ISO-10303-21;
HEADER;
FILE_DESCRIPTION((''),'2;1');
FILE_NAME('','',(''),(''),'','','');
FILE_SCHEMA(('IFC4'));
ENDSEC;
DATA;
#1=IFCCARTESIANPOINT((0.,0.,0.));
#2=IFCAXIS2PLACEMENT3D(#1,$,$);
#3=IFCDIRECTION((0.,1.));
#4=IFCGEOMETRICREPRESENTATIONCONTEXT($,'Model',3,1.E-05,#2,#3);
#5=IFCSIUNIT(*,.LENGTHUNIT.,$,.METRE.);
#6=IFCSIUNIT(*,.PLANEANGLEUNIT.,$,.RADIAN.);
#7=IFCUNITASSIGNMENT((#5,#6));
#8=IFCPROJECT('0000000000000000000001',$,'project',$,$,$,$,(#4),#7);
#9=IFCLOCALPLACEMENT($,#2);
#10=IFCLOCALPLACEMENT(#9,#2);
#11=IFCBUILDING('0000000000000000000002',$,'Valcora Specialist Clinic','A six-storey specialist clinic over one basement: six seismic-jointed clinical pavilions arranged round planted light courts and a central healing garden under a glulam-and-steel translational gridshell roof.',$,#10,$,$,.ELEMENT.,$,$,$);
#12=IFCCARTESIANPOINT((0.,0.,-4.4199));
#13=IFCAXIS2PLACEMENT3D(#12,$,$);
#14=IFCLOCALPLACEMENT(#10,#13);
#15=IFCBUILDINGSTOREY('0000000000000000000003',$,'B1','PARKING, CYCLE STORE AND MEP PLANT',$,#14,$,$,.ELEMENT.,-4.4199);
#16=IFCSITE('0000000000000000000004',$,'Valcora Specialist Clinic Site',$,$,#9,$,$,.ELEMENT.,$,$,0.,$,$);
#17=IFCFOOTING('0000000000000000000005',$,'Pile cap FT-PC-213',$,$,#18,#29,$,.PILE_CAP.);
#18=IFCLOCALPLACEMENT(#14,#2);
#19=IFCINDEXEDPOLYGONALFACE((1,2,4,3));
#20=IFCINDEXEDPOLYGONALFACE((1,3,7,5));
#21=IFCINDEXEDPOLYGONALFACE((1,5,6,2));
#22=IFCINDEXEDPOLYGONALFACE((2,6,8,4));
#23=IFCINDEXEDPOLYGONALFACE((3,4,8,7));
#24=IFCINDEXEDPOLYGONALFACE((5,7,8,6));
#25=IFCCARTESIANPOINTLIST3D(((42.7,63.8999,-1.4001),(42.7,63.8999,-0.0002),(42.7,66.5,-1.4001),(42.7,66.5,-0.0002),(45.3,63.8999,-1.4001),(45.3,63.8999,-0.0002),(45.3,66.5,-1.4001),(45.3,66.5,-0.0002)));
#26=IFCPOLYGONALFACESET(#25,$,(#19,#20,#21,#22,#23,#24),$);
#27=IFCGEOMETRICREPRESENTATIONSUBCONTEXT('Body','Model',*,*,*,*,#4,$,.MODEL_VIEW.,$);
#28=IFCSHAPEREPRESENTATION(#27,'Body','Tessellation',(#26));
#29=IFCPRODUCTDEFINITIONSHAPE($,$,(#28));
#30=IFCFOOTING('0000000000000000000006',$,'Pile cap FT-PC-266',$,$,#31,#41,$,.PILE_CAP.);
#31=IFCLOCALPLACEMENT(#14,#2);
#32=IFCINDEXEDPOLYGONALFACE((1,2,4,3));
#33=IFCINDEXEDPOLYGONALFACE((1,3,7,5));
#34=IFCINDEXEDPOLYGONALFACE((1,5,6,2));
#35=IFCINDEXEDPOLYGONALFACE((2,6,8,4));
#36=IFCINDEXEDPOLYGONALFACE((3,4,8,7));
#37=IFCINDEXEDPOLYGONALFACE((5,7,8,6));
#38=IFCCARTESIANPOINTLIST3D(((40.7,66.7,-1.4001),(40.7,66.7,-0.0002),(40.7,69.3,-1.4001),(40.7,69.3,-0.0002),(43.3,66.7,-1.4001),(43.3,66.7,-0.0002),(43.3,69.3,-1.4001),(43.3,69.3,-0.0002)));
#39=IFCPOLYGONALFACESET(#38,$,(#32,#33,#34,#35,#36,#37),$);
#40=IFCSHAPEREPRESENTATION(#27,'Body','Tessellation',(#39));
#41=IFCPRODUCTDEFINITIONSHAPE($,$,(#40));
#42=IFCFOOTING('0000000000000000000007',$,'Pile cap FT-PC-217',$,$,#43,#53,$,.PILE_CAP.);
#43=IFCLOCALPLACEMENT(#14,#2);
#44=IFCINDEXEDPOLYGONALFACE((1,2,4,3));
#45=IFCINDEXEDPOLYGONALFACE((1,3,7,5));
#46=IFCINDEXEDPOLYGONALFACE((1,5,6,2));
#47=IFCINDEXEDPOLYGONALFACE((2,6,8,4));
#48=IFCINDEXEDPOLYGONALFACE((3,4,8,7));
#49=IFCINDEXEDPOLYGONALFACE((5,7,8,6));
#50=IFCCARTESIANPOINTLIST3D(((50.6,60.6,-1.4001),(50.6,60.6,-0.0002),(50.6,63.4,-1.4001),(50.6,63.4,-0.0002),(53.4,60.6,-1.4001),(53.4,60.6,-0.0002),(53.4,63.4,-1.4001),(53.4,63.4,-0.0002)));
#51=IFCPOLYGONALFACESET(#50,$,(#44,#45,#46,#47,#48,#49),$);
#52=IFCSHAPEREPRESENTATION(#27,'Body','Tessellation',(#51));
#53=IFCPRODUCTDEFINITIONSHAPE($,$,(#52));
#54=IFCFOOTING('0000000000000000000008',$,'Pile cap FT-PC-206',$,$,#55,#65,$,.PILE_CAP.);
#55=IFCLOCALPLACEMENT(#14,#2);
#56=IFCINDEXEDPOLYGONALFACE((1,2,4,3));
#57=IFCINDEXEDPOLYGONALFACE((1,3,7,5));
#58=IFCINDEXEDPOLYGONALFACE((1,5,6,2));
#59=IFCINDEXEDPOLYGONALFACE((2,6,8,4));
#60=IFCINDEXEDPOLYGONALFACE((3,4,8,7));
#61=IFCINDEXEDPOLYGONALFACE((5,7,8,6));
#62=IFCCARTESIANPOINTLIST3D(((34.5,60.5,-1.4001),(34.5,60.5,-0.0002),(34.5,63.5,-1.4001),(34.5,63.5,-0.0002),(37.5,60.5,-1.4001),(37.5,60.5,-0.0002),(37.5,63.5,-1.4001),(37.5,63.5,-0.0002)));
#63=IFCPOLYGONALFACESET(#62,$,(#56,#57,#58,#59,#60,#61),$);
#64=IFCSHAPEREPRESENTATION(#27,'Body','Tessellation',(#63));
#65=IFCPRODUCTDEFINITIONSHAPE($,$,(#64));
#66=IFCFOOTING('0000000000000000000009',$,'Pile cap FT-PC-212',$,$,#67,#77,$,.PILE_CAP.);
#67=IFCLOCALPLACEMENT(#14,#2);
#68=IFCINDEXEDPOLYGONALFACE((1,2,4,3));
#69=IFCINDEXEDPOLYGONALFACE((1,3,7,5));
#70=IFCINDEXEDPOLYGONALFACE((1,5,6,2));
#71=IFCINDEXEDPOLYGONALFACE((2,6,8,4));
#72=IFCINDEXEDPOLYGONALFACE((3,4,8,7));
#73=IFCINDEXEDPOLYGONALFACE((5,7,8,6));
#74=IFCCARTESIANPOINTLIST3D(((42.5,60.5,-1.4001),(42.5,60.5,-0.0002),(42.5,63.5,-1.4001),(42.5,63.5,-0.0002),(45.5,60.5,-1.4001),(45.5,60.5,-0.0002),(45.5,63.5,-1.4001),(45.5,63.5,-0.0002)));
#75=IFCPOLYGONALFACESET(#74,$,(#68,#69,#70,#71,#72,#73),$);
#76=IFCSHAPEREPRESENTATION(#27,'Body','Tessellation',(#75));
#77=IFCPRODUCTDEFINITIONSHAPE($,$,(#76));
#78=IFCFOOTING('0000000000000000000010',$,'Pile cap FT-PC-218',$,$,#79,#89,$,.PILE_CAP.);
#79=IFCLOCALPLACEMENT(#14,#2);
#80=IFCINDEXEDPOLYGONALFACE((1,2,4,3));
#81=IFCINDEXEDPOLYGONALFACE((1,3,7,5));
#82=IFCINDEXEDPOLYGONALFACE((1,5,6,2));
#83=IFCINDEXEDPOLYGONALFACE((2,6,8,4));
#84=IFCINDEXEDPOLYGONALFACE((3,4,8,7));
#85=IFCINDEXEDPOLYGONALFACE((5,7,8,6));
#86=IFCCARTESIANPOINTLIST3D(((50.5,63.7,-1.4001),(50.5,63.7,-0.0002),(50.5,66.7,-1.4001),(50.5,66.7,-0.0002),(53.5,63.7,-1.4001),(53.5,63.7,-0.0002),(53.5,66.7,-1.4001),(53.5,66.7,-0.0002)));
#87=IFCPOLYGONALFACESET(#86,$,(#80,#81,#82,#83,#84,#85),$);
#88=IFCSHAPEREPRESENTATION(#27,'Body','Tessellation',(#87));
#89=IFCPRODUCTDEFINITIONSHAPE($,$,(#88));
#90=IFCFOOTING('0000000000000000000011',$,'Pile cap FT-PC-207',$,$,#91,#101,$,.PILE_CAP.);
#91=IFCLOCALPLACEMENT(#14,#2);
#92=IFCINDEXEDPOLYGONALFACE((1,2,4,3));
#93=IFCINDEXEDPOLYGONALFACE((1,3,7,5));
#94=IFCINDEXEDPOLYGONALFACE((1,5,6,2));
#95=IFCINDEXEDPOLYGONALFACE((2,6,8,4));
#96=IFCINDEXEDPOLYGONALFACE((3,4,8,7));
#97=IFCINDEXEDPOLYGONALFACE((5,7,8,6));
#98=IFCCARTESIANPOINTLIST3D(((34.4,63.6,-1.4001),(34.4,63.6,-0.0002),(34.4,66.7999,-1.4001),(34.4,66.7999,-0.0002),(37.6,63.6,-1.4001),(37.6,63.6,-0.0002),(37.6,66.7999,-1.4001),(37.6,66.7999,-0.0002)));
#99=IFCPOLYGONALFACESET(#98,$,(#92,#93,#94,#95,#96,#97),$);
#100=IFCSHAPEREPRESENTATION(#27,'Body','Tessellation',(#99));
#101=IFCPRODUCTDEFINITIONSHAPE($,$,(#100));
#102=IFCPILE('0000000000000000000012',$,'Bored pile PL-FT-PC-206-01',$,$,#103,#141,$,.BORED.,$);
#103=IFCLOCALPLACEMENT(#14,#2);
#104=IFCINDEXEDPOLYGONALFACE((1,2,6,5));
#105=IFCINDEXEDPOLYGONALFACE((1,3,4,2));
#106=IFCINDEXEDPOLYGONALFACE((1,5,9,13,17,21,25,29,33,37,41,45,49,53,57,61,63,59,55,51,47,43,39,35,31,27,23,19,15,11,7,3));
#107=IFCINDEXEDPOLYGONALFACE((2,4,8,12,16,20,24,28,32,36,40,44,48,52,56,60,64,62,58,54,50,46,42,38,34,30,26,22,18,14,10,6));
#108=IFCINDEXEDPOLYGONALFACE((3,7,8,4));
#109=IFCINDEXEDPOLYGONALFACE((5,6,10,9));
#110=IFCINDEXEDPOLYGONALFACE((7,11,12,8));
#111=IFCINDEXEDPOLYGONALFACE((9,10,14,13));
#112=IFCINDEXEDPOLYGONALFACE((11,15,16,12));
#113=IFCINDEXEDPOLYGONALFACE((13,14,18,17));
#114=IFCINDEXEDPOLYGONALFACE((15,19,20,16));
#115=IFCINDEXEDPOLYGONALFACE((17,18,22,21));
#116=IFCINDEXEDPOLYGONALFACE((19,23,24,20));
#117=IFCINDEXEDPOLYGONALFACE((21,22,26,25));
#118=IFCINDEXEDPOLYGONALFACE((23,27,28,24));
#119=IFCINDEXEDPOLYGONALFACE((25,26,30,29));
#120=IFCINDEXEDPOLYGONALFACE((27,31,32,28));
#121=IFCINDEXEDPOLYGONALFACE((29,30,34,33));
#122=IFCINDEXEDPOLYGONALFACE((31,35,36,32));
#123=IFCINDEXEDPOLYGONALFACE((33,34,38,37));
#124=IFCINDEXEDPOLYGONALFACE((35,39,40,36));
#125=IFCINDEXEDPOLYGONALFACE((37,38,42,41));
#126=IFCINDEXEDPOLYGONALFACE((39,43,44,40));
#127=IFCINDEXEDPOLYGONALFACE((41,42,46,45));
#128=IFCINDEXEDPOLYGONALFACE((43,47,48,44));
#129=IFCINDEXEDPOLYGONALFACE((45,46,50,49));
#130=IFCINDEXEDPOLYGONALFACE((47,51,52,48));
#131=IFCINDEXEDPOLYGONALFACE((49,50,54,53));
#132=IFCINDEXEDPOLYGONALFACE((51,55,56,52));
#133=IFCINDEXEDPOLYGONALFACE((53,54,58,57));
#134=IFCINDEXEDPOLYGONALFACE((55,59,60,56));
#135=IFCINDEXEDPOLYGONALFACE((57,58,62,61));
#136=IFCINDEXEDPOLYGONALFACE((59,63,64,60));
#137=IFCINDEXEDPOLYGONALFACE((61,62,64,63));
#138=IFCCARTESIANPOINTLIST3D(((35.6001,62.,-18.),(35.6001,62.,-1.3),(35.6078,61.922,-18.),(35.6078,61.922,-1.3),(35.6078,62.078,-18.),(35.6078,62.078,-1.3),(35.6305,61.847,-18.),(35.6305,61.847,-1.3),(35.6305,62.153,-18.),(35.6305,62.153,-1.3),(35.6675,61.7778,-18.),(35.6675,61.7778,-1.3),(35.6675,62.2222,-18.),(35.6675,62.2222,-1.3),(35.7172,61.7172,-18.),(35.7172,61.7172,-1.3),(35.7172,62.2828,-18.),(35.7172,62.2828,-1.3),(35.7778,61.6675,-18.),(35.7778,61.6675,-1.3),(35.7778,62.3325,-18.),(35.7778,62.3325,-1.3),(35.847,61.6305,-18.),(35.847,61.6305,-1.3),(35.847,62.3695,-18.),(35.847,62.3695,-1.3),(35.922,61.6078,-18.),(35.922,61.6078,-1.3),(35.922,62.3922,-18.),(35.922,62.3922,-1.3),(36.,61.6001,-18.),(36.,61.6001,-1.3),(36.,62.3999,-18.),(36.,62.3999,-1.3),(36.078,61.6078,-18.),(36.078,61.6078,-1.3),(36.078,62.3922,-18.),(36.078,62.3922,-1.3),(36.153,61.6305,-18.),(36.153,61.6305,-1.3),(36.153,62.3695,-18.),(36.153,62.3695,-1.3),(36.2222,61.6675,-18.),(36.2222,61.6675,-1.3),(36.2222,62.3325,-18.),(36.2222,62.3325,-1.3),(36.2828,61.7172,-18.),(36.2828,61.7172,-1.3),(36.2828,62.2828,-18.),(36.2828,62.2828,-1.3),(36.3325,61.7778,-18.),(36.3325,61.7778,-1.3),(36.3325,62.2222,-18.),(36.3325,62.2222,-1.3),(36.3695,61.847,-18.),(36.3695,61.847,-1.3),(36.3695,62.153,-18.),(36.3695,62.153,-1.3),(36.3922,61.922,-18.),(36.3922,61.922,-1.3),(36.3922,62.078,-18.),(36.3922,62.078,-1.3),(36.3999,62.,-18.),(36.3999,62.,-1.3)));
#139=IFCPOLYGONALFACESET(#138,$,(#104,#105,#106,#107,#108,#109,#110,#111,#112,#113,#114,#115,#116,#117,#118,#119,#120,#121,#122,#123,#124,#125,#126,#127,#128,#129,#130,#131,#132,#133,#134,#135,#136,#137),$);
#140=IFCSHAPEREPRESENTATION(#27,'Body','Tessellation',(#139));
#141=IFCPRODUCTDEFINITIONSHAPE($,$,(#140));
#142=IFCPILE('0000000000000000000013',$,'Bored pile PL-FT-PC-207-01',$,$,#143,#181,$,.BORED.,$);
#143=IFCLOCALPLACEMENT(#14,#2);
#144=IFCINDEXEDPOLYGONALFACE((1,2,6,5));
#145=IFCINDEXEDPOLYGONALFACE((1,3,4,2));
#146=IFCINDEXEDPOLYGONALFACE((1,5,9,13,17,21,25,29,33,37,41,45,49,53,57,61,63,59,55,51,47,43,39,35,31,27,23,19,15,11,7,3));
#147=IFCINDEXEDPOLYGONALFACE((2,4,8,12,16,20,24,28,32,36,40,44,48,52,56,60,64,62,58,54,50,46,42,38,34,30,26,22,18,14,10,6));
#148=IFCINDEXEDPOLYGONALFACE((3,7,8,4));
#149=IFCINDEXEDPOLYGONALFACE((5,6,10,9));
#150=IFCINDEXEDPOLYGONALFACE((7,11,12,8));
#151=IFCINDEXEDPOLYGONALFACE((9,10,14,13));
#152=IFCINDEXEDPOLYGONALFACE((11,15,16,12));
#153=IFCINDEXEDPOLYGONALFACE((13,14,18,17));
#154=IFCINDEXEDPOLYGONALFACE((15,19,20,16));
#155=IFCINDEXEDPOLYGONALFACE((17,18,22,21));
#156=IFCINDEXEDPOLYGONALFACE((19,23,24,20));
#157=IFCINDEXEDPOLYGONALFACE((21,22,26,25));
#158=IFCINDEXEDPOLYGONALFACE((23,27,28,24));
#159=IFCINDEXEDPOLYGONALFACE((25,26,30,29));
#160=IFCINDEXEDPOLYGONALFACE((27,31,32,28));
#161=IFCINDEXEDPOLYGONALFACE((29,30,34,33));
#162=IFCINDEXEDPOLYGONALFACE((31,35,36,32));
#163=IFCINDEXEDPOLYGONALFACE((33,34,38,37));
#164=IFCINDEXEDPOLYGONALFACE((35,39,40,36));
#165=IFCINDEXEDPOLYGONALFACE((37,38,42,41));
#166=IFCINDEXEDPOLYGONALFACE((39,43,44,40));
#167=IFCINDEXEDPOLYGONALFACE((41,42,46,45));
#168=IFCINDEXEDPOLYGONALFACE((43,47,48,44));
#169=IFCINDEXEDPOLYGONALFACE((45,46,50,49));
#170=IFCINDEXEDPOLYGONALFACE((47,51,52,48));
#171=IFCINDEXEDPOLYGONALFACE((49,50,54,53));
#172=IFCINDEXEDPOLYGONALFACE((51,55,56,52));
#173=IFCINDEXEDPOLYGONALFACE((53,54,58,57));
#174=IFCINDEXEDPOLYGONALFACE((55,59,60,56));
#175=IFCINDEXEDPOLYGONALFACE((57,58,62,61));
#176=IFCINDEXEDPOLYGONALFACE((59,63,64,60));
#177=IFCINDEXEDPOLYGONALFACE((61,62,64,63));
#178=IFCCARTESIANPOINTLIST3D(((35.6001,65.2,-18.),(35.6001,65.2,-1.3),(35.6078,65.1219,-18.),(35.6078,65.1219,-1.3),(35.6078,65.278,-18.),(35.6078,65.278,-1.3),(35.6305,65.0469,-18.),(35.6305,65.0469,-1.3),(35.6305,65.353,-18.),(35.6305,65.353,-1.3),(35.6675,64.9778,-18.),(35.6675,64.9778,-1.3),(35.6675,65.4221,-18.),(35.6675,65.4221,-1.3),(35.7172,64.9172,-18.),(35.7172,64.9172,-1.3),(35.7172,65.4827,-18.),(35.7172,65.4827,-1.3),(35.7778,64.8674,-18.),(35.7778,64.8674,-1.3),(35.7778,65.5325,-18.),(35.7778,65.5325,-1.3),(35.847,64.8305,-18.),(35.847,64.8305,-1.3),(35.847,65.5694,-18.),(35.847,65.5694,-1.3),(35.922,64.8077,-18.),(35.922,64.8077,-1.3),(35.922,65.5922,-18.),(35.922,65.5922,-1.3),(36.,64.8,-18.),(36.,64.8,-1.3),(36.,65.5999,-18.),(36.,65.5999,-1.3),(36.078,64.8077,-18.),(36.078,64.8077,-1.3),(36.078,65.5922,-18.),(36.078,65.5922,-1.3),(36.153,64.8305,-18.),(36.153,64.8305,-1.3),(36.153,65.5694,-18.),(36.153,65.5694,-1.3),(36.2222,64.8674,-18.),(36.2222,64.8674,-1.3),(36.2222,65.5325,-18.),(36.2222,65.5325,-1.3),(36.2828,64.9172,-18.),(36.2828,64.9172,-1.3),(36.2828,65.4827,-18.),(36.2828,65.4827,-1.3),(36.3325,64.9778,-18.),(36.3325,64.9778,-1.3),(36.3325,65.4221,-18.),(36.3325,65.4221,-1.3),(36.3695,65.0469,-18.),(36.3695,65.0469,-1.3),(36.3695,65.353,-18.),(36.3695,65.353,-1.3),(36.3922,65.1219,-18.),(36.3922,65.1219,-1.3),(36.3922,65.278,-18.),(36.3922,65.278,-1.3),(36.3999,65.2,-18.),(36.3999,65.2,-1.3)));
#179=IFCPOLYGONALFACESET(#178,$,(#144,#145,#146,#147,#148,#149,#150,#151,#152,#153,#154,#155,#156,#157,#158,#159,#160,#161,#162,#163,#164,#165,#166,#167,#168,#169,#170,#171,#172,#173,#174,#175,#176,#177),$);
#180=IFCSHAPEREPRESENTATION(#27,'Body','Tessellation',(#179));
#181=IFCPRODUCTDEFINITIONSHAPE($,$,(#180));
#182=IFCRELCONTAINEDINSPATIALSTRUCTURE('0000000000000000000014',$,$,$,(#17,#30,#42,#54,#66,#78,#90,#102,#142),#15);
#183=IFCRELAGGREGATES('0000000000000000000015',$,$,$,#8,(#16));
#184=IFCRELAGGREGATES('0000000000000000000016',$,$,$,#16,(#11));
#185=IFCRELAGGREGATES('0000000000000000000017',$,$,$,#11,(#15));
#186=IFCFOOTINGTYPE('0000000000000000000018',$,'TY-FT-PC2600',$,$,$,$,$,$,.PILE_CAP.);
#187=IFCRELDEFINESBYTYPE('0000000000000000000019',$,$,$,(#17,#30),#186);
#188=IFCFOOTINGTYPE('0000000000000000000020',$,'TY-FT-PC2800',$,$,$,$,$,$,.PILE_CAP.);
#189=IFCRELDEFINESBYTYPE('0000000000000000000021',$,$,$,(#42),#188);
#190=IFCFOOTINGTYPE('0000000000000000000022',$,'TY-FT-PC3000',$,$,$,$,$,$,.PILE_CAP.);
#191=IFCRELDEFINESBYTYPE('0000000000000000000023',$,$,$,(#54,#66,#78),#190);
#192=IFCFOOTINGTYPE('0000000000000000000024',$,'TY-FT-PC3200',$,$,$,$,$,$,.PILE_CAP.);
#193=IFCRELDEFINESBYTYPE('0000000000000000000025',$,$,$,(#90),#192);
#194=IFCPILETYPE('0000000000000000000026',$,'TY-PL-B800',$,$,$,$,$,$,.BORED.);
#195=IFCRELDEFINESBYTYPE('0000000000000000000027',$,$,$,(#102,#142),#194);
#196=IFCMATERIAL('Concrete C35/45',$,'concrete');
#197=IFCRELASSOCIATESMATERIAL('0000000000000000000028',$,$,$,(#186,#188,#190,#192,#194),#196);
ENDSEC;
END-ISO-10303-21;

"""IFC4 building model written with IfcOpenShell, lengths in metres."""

from ifc_helpers import new_model, si_unit, direction, frame, origin, origin_2d, place, context, subcontext, project, spatial, rectangle, circle, extrude, material, material_profile, profile_set, type_object, element, save


model = new_model("IFC4")

# Units and contexts
model_context = context("Model", 3, precision=1e-05, world=origin(), true_north=direction((0.0, 1.0)))
body_context = subcontext(model_context, "Body", "Model", "MODEL_VIEW")
ifc_project = project(units=[si_unit("LENGTHUNIT", "METRE"), si_unit("PLANEANGLEUNIT", "RADIAN")], contexts=[model_context])

# Site, building, storey
site_placement = place(None, origin())
site = spatial("IfcSite", under=ifc_project, at=site_placement, Name="Valcora Specialist Clinic Site", CompositionType="ELEMENT", RefElevation=0.0)
building_placement = place(site_placement, origin())
building = spatial("IfcBuilding", under=site, at=building_placement, Name="Valcora Specialist Clinic", Description="A six-storey specialist clinic over one basement: six seismic-jointed clinical pavilions arranged round planted light courts and a central healing garden under a glulam-and-steel translational gridshell roof.", CompositionType="ELEMENT")
storey_placement = place(building_placement, frame((0.0, 0.0, -4.4199)))
storey = spatial("IfcBuildingStorey", under=building, at=storey_placement, Name="B1", Description="PARKING, CYCLE STORE AND MEP PLANT", CompositionType="ELEMENT", Elevation=-4.4199)

# Footings
ifc_material_1 = material(Name="Concrete C35/45", Category="concrete")
footing_type_1 = type_object("IfcFootingType", Name="TY-FT-PC2600", PredefinedType="PILE_CAP", material=ifc_material_1)
for number, where, z_axis, x_axis, name in (
    (1, (44.0, 65.2, -1.4001), (0.0, 0.0, 1.0), (1.0, 0.0, 0.0), "Pile cap FT-PC-213"),
    (2, (42.0, 68.0, -1.4001), (0.0, 0.0, 1.0), (1.0, 0.0, 0.0), "Pile cap FT-PC-266"),
):
    element("IfcFooting", number, at=place(storey_placement, frame(where, z_axis=z_axis, x_axis=x_axis)), inside=storey, type_object=footing_type_1, Name=name, PredefinedType="PILE_CAP", context=body_context, shape_type="SweptSolid", body=[
        extrude(rectangle(XDim=2.6001, YDim=2.6001, at=origin_2d()), origin(), (0.0, 0.0, 1.0), 1.3999),
    ])
footing_type_2 = type_object("IfcFootingType", Name="TY-FT-PC2800", PredefinedType="PILE_CAP", material=ifc_material_1)
footing_1_placement = place(storey_placement, frame((52.0, 62.0, -1.4001), z_axis=(0.0, 0.0, 1.0), x_axis=(1.0, 0.0, 0.0)))
element("IfcFooting", 3, at=footing_1_placement, inside=storey, type_object=footing_type_2, Name="Pile cap FT-PC-217", PredefinedType="PILE_CAP", context=body_context, shape_type="SweptSolid", body=[
    extrude(rectangle(XDim=2.8, YDim=2.8, at=origin_2d()), origin(), (0.0, 0.0, 1.0), 1.3999),
])
footing_type_3 = type_object("IfcFootingType", Name="TY-FT-PC3000", PredefinedType="PILE_CAP", material=ifc_material_1)
for number, where, z_axis, x_axis, name in (
    (4, (36.0, 62.0, -1.4001), (0.0, 0.0, 1.0), (1.0, 0.0, 0.0), "Pile cap FT-PC-206"),
    (5, (44.0, 62.0, -1.4001), (0.0, 0.0, 1.0), (1.0, 0.0, 0.0), "Pile cap FT-PC-212"),
    (6, (52.0, 65.2, -1.4001), (0.0, 0.0, 1.0), (1.0, 0.0, 0.0), "Pile cap FT-PC-218"),
):
    element("IfcFooting", number, at=place(storey_placement, frame(where, z_axis=z_axis, x_axis=x_axis)), inside=storey, type_object=footing_type_3, Name=name, PredefinedType="PILE_CAP", context=body_context, shape_type="SweptSolid", body=[
        extrude(rectangle(XDim=3.0, YDim=3.0, at=origin_2d()), origin(), (0.0, 0.0, 1.0), 1.3999),
    ])
footing_type_4 = type_object("IfcFootingType", Name="TY-FT-PC3200", PredefinedType="PILE_CAP", material=ifc_material_1)
footing_2_placement = place(storey_placement, frame((36.0, 65.2, -1.4001), z_axis=(0.0, 0.0, 1.0), x_axis=(1.0, 0.0, 0.0)))
element("IfcFooting", 7, at=footing_2_placement, inside=storey, type_object=footing_type_4, Name="Pile cap FT-PC-207", PredefinedType="PILE_CAP", context=body_context, shape_type="SweptSolid", body=[
    extrude(rectangle(XDim=3.2, YDim=3.2, at=origin_2d()), origin(), (0.0, 0.0, 1.0), 1.3999),
])

# Piles
ifc_material_profile_1 = material_profile(ifc_material_1, circle(Radius=0.3999, at=origin_2d()), Name="RC-PIL-D800")
ifc_profile_set_1 = profile_set([ifc_material_profile_1], Name="Concrete C35/45")
pile_type_1 = type_object("IfcPileType", Name="TY-PL-B800", PredefinedType="BORED", material=ifc_profile_set_1)
for number, where, z_axis, x_axis, name in (
    (8, (36.0, 62.0, -1.3), (0.0, 0.0, -1.0), (1.0, 0.0, 0.0), "Bored pile PL-FT-PC-206-01"),
    (9, (36.0, 65.2, -1.3), (0.0, 0.0, -1.0), (1.0, 0.0, 0.0), "Bored pile PL-FT-PC-207-01"),
):
    element("IfcPile", number, at=place(storey_placement, frame(where, z_axis=z_axis, x_axis=x_axis)), inside=storey, type_object=pile_type_1, Name=name, PredefinedType="BORED", context=body_context, shape_type="SweptSolid", body=[
        extrude(circle(Radius=0.3999, at=origin_2d()), origin(), (0.0, 0.0, 1.0), 16.7),
    ])

save(model, "model.ifc")
